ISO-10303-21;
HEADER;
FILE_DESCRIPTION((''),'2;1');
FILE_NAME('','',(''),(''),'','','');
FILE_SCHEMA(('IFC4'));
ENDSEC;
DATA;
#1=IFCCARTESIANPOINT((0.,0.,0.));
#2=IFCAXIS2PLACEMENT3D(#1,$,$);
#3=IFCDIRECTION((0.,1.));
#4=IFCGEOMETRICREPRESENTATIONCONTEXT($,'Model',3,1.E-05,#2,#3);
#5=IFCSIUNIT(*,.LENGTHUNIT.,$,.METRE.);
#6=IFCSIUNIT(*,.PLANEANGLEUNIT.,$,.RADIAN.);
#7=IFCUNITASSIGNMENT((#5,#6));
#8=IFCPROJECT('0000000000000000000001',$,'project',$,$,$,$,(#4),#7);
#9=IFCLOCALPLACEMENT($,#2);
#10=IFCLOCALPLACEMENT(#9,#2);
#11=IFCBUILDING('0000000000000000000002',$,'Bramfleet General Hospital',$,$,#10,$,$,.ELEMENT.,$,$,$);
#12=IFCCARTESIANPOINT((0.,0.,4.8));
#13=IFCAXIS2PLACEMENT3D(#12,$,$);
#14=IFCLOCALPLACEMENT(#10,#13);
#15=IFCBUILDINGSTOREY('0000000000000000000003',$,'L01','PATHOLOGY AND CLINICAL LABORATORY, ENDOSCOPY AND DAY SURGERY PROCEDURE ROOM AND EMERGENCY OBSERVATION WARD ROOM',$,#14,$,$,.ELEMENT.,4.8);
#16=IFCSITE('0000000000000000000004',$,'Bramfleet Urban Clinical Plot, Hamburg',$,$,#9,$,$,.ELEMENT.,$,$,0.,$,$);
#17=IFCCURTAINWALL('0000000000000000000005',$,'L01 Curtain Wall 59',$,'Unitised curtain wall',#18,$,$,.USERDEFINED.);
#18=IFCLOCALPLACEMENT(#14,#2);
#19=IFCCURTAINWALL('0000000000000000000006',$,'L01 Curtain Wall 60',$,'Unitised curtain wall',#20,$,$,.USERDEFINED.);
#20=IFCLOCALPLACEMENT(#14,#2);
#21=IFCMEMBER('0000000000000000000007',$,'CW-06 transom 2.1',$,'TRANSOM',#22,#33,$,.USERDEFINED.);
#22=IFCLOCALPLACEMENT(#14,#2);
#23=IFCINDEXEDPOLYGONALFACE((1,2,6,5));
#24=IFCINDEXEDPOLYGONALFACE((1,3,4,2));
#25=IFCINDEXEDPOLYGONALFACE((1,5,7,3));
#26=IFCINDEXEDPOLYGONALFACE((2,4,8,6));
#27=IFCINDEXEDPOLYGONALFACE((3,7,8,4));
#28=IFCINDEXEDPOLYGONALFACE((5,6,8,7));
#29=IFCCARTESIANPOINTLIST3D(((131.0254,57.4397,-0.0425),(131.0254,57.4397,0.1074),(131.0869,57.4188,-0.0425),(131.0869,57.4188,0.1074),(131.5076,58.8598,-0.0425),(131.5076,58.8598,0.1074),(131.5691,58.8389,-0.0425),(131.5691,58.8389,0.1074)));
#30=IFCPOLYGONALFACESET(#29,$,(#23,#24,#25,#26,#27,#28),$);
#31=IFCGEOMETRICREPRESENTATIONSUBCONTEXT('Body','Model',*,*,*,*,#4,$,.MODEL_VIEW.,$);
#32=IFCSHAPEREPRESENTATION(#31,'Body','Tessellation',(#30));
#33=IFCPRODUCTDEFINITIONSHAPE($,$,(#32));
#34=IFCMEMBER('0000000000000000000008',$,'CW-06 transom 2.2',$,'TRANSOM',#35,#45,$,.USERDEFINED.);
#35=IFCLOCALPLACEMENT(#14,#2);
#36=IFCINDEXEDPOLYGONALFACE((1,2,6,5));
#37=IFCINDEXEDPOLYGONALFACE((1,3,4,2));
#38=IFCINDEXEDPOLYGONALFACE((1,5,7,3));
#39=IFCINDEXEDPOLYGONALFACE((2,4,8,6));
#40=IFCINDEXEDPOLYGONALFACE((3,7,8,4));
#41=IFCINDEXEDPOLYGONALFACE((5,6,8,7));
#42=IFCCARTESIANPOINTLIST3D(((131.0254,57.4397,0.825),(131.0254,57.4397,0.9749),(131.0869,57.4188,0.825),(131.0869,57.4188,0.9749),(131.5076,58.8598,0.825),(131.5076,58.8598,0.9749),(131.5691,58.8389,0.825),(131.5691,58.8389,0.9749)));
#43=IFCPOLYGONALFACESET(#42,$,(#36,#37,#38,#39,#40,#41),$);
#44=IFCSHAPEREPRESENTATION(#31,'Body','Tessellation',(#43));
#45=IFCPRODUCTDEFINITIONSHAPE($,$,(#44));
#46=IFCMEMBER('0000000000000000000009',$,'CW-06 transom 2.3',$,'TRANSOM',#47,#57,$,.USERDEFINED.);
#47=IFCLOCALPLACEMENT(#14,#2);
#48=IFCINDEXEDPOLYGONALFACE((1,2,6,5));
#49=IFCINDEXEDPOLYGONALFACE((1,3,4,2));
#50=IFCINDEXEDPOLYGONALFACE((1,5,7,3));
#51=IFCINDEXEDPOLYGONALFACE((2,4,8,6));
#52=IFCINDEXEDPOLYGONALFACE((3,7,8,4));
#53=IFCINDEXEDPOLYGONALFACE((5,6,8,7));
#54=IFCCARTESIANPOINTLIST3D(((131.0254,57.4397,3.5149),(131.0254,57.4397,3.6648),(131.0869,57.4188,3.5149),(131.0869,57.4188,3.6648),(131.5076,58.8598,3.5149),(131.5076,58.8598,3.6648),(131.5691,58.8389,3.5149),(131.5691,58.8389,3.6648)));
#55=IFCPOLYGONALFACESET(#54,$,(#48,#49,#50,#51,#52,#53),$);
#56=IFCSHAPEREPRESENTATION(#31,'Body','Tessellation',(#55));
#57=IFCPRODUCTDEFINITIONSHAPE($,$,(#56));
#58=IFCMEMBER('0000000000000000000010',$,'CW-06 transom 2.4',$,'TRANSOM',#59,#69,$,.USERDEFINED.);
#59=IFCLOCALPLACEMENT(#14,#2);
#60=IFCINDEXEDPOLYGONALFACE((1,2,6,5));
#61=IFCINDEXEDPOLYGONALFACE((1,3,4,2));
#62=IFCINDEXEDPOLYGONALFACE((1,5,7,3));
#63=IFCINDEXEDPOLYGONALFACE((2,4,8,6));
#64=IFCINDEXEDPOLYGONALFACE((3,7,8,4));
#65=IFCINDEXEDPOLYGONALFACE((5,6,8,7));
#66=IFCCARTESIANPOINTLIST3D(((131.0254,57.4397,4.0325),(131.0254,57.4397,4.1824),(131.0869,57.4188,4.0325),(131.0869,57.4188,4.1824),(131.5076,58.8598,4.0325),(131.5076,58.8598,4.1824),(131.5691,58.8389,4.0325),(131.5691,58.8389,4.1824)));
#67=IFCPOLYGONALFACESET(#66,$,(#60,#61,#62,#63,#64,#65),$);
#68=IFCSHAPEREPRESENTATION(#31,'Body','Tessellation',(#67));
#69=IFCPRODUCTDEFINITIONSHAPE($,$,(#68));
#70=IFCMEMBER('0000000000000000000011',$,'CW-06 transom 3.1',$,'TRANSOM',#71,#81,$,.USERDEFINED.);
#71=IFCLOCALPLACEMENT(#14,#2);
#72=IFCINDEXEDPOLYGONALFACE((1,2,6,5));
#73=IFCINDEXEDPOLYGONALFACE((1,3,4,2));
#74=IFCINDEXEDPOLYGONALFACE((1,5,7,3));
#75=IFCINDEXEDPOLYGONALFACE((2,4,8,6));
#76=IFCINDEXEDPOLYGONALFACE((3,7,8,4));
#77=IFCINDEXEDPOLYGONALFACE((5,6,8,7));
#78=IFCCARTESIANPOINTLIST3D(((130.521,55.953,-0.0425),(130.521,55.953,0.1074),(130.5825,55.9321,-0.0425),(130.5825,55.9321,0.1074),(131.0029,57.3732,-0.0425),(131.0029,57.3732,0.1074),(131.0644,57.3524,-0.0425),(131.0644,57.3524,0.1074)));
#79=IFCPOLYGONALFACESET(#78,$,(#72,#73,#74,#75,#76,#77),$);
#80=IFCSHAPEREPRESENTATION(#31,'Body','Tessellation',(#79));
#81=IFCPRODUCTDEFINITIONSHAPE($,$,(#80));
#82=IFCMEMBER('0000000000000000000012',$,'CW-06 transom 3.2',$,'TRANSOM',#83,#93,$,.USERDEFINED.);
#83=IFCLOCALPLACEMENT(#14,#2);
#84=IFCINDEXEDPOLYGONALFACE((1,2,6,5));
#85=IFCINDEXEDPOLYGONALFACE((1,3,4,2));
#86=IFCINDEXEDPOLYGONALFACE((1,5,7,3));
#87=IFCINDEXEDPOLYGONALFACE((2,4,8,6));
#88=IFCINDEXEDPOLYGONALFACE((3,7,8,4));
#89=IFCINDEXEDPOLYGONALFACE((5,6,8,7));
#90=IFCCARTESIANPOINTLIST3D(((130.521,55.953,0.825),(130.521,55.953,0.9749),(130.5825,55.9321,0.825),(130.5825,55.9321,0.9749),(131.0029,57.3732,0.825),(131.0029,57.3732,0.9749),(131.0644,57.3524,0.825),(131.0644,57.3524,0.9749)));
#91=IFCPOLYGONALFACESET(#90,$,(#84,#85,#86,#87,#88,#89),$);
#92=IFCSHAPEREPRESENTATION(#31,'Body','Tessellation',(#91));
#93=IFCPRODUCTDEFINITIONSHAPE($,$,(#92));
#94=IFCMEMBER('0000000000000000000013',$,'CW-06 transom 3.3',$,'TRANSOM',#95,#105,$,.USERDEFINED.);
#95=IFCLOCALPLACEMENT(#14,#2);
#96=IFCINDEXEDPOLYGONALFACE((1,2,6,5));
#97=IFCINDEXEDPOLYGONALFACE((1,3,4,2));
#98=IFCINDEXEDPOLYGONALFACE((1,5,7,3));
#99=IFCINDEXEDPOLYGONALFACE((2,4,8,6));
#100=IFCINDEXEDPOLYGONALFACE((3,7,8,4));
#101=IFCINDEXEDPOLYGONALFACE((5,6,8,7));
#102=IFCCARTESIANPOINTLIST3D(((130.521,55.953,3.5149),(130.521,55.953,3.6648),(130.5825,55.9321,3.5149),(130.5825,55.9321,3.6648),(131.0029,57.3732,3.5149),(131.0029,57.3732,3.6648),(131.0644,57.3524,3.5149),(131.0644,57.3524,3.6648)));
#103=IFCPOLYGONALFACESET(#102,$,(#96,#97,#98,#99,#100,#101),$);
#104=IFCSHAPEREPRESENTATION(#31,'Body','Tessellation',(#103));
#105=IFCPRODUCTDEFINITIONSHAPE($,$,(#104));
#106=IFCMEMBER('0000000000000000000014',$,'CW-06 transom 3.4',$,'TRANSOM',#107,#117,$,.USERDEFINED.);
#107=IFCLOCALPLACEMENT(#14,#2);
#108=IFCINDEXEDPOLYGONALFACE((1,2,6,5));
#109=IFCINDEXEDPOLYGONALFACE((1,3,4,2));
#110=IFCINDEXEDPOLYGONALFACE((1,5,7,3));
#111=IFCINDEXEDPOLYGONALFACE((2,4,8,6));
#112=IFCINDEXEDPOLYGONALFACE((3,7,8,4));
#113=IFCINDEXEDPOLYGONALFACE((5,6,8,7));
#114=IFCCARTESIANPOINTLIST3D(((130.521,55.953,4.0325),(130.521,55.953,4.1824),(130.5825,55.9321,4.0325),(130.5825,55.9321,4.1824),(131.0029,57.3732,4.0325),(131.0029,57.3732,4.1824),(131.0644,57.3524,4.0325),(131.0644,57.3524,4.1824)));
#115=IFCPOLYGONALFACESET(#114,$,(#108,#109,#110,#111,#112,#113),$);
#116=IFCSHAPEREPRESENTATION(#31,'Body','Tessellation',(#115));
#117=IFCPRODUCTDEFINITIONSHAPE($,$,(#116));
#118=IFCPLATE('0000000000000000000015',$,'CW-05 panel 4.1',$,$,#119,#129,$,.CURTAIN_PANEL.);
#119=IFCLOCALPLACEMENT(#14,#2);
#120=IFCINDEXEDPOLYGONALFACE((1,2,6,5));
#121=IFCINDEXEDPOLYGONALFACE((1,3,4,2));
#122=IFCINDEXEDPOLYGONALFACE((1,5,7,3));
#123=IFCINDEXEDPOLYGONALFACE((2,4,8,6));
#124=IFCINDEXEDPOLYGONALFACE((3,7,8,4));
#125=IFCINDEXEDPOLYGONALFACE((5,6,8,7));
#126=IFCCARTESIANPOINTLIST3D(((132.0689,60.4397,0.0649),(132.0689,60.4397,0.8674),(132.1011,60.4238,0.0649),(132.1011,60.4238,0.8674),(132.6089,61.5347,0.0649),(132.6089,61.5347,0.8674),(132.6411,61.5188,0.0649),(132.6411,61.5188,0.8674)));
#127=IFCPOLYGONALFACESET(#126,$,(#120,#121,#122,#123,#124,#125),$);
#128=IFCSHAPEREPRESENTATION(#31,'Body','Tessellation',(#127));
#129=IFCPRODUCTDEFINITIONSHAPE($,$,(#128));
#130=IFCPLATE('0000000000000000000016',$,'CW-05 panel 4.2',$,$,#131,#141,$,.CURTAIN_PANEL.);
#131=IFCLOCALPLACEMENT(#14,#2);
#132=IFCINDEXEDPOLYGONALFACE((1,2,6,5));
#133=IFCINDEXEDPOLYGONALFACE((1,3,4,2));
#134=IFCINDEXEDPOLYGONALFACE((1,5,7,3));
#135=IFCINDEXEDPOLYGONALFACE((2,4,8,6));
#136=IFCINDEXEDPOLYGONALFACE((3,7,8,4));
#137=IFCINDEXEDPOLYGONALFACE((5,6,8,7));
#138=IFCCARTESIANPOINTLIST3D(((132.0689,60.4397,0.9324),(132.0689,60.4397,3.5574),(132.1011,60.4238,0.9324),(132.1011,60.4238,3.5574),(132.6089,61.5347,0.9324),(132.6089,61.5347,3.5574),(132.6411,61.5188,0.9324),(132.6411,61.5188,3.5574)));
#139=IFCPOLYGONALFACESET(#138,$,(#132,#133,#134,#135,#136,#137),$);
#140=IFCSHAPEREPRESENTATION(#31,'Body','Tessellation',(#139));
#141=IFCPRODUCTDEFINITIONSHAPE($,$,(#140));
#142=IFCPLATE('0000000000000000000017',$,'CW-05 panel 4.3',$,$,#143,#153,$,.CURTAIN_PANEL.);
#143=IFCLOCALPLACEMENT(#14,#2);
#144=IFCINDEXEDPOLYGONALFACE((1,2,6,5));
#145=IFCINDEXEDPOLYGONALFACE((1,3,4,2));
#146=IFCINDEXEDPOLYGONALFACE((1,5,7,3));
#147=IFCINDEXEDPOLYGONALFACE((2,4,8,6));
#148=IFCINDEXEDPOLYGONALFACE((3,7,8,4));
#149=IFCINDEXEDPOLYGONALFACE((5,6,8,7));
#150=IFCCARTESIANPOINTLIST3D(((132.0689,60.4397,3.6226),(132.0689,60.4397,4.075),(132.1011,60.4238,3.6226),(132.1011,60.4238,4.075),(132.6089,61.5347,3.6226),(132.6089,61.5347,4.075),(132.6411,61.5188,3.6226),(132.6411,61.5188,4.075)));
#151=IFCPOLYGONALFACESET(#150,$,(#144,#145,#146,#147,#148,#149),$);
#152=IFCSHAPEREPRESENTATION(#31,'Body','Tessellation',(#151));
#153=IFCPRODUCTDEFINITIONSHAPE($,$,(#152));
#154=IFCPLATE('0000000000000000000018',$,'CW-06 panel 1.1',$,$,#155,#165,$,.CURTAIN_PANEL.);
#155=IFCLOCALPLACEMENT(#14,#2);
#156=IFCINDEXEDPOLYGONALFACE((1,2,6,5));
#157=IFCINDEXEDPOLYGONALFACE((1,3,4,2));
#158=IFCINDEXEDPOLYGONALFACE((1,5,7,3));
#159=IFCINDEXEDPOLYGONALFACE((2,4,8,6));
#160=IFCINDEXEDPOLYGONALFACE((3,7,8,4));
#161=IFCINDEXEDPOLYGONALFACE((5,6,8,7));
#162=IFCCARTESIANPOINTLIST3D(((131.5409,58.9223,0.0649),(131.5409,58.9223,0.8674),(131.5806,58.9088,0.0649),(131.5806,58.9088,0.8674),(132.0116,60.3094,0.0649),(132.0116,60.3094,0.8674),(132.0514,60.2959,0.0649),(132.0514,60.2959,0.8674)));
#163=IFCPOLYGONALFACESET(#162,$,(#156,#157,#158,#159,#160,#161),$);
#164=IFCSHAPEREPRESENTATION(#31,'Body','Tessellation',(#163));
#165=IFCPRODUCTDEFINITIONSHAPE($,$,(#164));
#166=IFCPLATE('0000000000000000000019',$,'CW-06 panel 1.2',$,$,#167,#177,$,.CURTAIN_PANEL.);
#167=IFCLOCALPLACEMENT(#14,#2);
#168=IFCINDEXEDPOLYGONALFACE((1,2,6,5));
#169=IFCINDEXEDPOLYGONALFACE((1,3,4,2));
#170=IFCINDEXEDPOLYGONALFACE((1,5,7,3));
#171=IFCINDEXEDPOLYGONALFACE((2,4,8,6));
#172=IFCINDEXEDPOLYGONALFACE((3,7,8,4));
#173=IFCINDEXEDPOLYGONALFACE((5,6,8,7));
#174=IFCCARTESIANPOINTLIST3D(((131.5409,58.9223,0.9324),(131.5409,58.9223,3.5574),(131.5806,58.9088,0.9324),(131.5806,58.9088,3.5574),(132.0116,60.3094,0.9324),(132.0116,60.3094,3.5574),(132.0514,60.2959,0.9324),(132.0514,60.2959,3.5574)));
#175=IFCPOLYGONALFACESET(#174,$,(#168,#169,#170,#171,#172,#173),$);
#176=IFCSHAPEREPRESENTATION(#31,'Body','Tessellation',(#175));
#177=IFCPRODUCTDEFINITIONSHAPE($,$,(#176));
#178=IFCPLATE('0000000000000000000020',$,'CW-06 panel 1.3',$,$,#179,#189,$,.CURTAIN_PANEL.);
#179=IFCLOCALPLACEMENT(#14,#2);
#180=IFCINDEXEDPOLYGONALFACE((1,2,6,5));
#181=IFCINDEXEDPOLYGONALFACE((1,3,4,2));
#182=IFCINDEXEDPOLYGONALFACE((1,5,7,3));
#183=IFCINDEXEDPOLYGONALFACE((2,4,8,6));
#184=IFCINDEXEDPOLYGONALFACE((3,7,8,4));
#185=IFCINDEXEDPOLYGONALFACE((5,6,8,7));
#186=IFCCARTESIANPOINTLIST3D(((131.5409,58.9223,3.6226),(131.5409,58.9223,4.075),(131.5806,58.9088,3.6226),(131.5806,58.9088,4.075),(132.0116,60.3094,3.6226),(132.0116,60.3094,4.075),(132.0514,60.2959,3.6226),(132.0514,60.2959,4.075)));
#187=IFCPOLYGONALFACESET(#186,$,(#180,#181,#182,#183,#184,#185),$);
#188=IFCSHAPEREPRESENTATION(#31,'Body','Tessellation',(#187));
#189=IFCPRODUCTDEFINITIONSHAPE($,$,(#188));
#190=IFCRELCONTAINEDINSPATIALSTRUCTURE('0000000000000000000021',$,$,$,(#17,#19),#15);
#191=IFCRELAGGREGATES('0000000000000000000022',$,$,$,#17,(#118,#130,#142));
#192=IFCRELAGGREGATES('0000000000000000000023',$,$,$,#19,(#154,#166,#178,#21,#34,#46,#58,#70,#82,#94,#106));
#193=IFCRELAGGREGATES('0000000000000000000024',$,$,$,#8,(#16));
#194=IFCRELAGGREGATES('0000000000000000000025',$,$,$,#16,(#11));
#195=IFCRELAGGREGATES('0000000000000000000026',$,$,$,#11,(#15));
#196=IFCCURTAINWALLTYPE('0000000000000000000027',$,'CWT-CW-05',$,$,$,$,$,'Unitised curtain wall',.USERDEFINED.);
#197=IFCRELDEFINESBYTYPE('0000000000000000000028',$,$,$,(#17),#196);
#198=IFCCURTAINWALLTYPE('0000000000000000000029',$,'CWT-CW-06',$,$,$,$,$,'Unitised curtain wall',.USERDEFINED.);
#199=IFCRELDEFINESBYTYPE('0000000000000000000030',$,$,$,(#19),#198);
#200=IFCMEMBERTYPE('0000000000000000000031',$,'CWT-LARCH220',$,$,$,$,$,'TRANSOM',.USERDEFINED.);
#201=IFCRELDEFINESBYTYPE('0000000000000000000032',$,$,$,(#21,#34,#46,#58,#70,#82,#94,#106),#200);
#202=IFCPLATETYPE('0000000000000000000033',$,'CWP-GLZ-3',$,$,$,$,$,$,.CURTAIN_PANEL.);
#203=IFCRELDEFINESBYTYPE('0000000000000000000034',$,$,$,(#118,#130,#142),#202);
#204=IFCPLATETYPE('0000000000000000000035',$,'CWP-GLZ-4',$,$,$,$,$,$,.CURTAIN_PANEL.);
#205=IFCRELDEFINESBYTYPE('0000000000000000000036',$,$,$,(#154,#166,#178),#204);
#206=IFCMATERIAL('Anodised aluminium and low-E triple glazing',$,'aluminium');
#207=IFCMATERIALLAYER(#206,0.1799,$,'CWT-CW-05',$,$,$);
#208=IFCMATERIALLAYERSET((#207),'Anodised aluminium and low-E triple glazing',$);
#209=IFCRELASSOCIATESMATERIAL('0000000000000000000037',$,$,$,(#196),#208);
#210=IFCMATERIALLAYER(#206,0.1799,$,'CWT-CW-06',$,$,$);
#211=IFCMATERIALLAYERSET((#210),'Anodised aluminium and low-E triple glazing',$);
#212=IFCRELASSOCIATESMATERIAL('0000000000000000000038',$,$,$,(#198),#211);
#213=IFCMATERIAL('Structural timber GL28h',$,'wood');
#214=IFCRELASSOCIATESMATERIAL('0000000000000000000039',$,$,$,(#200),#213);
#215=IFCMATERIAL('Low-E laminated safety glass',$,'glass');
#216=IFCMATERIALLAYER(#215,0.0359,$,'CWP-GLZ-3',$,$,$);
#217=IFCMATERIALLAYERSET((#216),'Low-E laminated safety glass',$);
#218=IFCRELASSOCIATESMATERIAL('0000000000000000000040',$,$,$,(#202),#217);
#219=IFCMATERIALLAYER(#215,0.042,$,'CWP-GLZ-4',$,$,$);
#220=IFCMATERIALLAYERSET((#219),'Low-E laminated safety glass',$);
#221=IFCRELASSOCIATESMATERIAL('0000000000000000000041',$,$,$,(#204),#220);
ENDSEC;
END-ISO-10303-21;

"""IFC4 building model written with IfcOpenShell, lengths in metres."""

from ifc_helpers import new_model, si_unit, direction, frame, origin, origin_2d, place, context, subcontext, project, spatial, rectangle, extrude, material, layer, layer_set, material_profile, profile_set, type_object, element, aggregate, save


model = new_model("IFC4")

# Units and contexts
model_context = context("Model", 3, precision=1e-05, world=origin(), true_north=direction((0.0, 1.0)))
body_context = subcontext(model_context, "Body", "Model", "MODEL_VIEW")
ifc_project = project(units=[si_unit("LENGTHUNIT", "METRE"), si_unit("PLANEANGLEUNIT", "RADIAN")], contexts=[model_context])

# Site, building, storey
site_placement = place(None, origin())
site = spatial("IfcSite", under=ifc_project, at=site_placement, Name="Bramfleet Urban Clinical Plot, Hamburg", CompositionType="ELEMENT", RefElevation=0.0)
building_placement = place(site_placement, origin())
building = spatial("IfcBuilding", under=site, at=building_placement, Name="Bramfleet General Hospital", CompositionType="ELEMENT")
storey_placement = place(building_placement, frame((0.0, 0.0, 4.8)))
storey = spatial("IfcBuildingStorey", under=building, at=storey_placement, Name="L01", Description="PATHOLOGY AND CLINICAL LABORATORY, ENDOSCOPY AND DAY SURGERY PROCEDURE ROOM AND EMERGENCY OBSERVATION WARD ROOM", CompositionType="ELEMENT", Elevation=4.8)

# Curtain walls
ifc_material_1 = material(Name="Anodised aluminium and low-E triple glazing", Category="aluminium")
ifc_layer_1 = layer(ifc_material_1, 0.1799, Name="CWT-CW-05")
ifc_layer_set_1 = layer_set([ifc_layer_1], Name="Anodised aluminium and low-E triple glazing")
curtain_wall_type_1 = type_object("IfcCurtainWallType", Name="CWT-CW-05", ElementType="Unitised curtain wall", PredefinedType="USERDEFINED", material=ifc_layer_set_1)
curtain_wall_1_placement = place(storey_placement, origin())
curtain_wall_1 = element("IfcCurtainWall", 1, at=curtain_wall_1_placement, inside=storey, type_object=curtain_wall_type_1, Name="L01 Curtain Wall 59", ObjectType="Unitised curtain wall", PredefinedType="USERDEFINED")
ifc_material_2 = material(Name="Structural timber GL28h", Category="wood")
ifc_layer_2 = layer(ifc_material_1, 0.1799, Name="CWT-CW-06")
ifc_layer_set_2 = layer_set([ifc_layer_2], Name="Anodised aluminium and low-E triple glazing")
curtain_wall_type_2 = type_object("IfcCurtainWallType", Name="CWT-CW-06", ElementType="Unitised curtain wall", PredefinedType="USERDEFINED", material=ifc_layer_set_2)
curtain_wall_2_placement = place(storey_placement, origin())
curtain_wall_2 = element("IfcCurtainWall", 2, at=curtain_wall_2_placement, inside=storey, type_object=curtain_wall_type_2, Name="L01 Curtain Wall 60", ObjectType="Unitised curtain wall", PredefinedType="USERDEFINED")

# Members
ifc_material_profile_1 = material_profile(ifc_material_2, rectangle(XDim=0.0649, YDim=0.1499, at=origin_2d()), Name="LARCH 150x65")
ifc_profile_set_1 = profile_set([ifc_material_profile_1], Name="Structural timber GL28h")
member_type_1 = type_object("IfcMemberType", Name="CWT-LARCH220", ElementType="TRANSOM", PredefinedType="USERDEFINED", material=ifc_profile_set_1)
member_1_placement = place(storey_placement, frame((131.5383, 58.8494, 0.0325), z_axis=(-0.321497, -0.946911, 0.0), x_axis=(0.946911, -0.321497, 0.0)))
member_1 = element("IfcMember", 3, at=member_1_placement, type_object=member_type_1, Name="CW-06 transom 2.1", ObjectType="TRANSOM", PredefinedType="USERDEFINED", context=body_context, shape_type="SweptSolid", body=[
    extrude(rectangle(XDim=0.0649, YDim=0.1499, at=origin_2d()), origin(), (0.0, 0.0, 1.0), 1.4998),
])
member_2_placement = place(storey_placement, frame((131.5383, 58.8494, 0.8999), z_axis=(-0.321497, -0.946911, 0.0), x_axis=(0.946911, -0.321497, 0.0)))
member_2 = element("IfcMember", 4, at=member_2_placement, type_object=member_type_1, Name="CW-06 transom 2.2", ObjectType="TRANSOM", PredefinedType="USERDEFINED", context=body_context, shape_type="SweptSolid", body=[
    extrude(rectangle(XDim=0.0649, YDim=0.1499, at=origin_2d()), origin(), (0.0, 0.0, 1.0), 1.4998),
])
member_3_placement = place(storey_placement, frame((131.5383, 58.8494, 3.5898), z_axis=(-0.321497, -0.946911, 0.0), x_axis=(0.946911, -0.321497, 0.0)))
member_3 = element("IfcMember", 5, at=member_3_placement, type_object=member_type_1, Name="CW-06 transom 2.3", ObjectType="TRANSOM", PredefinedType="USERDEFINED", context=body_context, shape_type="SweptSolid", body=[
    extrude(rectangle(XDim=0.0649, YDim=0.1499, at=origin_2d()), origin(), (0.0, 0.0, 1.0), 1.4998),
])
member_4_placement = place(storey_placement, frame((131.5383, 58.8494, 4.1074), z_axis=(-0.321497, -0.946911, 0.0), x_axis=(0.946911, -0.321497, 0.0)))
member_4 = element("IfcMember", 6, at=member_4_placement, type_object=member_type_1, Name="CW-06 transom 2.4", ObjectType="TRANSOM", PredefinedType="USERDEFINED", context=body_context, shape_type="SweptSolid", body=[
    extrude(rectangle(XDim=0.0649, YDim=0.1499, at=origin_2d()), origin(), (0.0, 0.0, 1.0), 1.4998),
])
member_5_placement = place(storey_placement, frame((131.0337, 57.3628, 0.0325), z_axis=(-0.321351, -0.94696, 0.0), x_axis=(0.94696, -0.321351, 0.0)))
member_5 = element("IfcMember", 7, at=member_5_placement, type_object=member_type_1, Name="CW-06 transom 3.1", ObjectType="TRANSOM", PredefinedType="USERDEFINED", context=body_context, shape_type="SweptSolid", body=[
    extrude(rectangle(XDim=0.0649, YDim=0.1499, at=origin_2d()), origin(), (0.0, 0.0, 1.0), 1.4998),
])
member_6_placement = place(storey_placement, frame((131.0337, 57.3628, 0.8999), z_axis=(-0.321351, -0.94696, 0.0), x_axis=(0.94696, -0.321351, 0.0)))
member_6 = element("IfcMember", 8, at=member_6_placement, type_object=member_type_1, Name="CW-06 transom 3.2", ObjectType="TRANSOM", PredefinedType="USERDEFINED", context=body_context, shape_type="SweptSolid", body=[
    extrude(rectangle(XDim=0.0649, YDim=0.1499, at=origin_2d()), origin(), (0.0, 0.0, 1.0), 1.4998),
])
member_7_placement = place(storey_placement, frame((131.0337, 57.3628, 3.5898), z_axis=(-0.321351, -0.94696, 0.0), x_axis=(0.94696, -0.321351, 0.0)))
member_7 = element("IfcMember", 9, at=member_7_placement, type_object=member_type_1, Name="CW-06 transom 3.3", ObjectType="TRANSOM", PredefinedType="USERDEFINED", context=body_context, shape_type="SweptSolid", body=[
    extrude(rectangle(XDim=0.0649, YDim=0.1499, at=origin_2d()), origin(), (0.0, 0.0, 1.0), 1.4998),
])
member_8_placement = place(storey_placement, frame((131.0337, 57.3628, 4.1074), z_axis=(-0.321351, -0.94696, 0.0), x_axis=(0.94696, -0.321351, 0.0)))
member_8 = element("IfcMember", 10, at=member_8_placement, type_object=member_type_1, Name="CW-06 transom 3.4", ObjectType="TRANSOM", PredefinedType="USERDEFINED", context=body_context, shape_type="SweptSolid", body=[
    extrude(rectangle(XDim=0.0649, YDim=0.1499, at=origin_2d()), origin(), (0.0, 0.0, 1.0), 1.4998),
])

# Plates
ifc_material_3 = material(Name="Low-E laminated safety glass", Category="glass")
ifc_layer_3 = layer(ifc_material_3, 0.0359, Name="CWP-GLZ-3")
ifc_layer_set_3 = layer_set([ifc_layer_3], Name="Low-E laminated safety glass")
plate_type_1 = type_object("IfcPlateType", Name="CWP-GLZ-3", PredefinedType="CURTAIN_PANEL", material=ifc_layer_set_3)
plate_1_placement = place(storey_placement, frame((132.355, 60.9792, 0.0649), z_axis=(0.0, 0.0, 1.0), x_axis=(-0.442305, -0.896865, 0.0)))
plate_1 = element("IfcPlate", 11, at=plate_1_placement, type_object=plate_type_1, Name="CW-05 panel 4.1", PredefinedType="CURTAIN_PANEL", context=body_context, shape_type="SweptSolid", body=[
    extrude(rectangle(XDim=1.2209, YDim=0.0359, at=origin_2d()), origin(), (0.0, 0.0, 1.0), 0.8025),
])
plate_2_placement = place(storey_placement, frame((132.355, 60.9792, 0.9324), z_axis=(0.0, 0.0, 1.0), x_axis=(-0.442305, -0.896865, 0.0)))
plate_2 = element("IfcPlate", 12, at=plate_2_placement, type_object=plate_type_1, Name="CW-05 panel 4.2", PredefinedType="CURTAIN_PANEL", context=body_context, shape_type="SweptSolid", body=[
    extrude(rectangle(XDim=1.2209, YDim=0.0359, at=origin_2d()), origin(), (0.0, 0.0, 1.0), 2.625),
])
plate_3_placement = place(storey_placement, frame((132.355, 60.9792, 3.6226), z_axis=(0.0, 0.0, 1.0), x_axis=(-0.442305, -0.896865, 0.0)))
plate_3 = element("IfcPlate", 13, at=plate_3_placement, type_object=plate_type_1, Name="CW-05 panel 4.3", PredefinedType="CURTAIN_PANEL", context=body_context, shape_type="SweptSolid", body=[
    extrude(rectangle(XDim=1.2209, YDim=0.0359, at=origin_2d()), origin(), (0.0, 0.0, 1.0), 0.4524),
])
aggregate(curtain_wall_1, [plate_1, plate_2, plate_3])
ifc_layer_4 = layer(ifc_material_3, 0.042, Name="CWP-GLZ-4")
ifc_layer_set_4 = layer_set([ifc_layer_4], Name="Low-E laminated safety glass")
plate_type_2 = type_object("IfcPlateType", Name="CWP-GLZ-4", PredefinedType="CURTAIN_PANEL", material=ifc_layer_set_4)
plate_4_placement = place(storey_placement, frame((131.7961, 59.6091, 0.0649), z_axis=(0.0, 0.0, 1.0), x_axis=(-0.321383, -0.946949, 0.0)))
plate_4 = element("IfcPlate", 14, at=plate_4_placement, type_object=plate_type_2, Name="CW-06 panel 1.1", PredefinedType="CURTAIN_PANEL", context=body_context, shape_type="SweptSolid", body=[
    extrude(rectangle(XDim=1.4648, YDim=0.042, at=origin_2d()), origin(), (0.0, 0.0, 1.0), 0.8025),
])
plate_5_placement = place(storey_placement, frame((131.7961, 59.6091, 0.9324), z_axis=(0.0, 0.0, 1.0), x_axis=(-0.321383, -0.946949, 0.0)))
plate_5 = element("IfcPlate", 15, at=plate_5_placement, type_object=plate_type_2, Name="CW-06 panel 1.2", PredefinedType="CURTAIN_PANEL", context=body_context, shape_type="SweptSolid", body=[
    extrude(rectangle(XDim=1.4648, YDim=0.042, at=origin_2d()), origin(), (0.0, 0.0, 1.0), 2.625),
])
plate_6_placement = place(storey_placement, frame((131.7961, 59.6091, 3.6226), z_axis=(0.0, 0.0, 1.0), x_axis=(-0.321383, -0.946949, 0.0)))
plate_6 = element("IfcPlate", 16, at=plate_6_placement, type_object=plate_type_2, Name="CW-06 panel 1.3", PredefinedType="CURTAIN_PANEL", context=body_context, shape_type="SweptSolid", body=[
    extrude(rectangle(XDim=1.4648, YDim=0.042, at=origin_2d()), origin(), (0.0, 0.0, 1.0), 0.4524),
])
aggregate(curtain_wall_2, [plate_4, plate_5, plate_6, member_1, member_2, member_3, member_4, member_5, member_6, member_7, member_8])

save(model, "model.ifc")
